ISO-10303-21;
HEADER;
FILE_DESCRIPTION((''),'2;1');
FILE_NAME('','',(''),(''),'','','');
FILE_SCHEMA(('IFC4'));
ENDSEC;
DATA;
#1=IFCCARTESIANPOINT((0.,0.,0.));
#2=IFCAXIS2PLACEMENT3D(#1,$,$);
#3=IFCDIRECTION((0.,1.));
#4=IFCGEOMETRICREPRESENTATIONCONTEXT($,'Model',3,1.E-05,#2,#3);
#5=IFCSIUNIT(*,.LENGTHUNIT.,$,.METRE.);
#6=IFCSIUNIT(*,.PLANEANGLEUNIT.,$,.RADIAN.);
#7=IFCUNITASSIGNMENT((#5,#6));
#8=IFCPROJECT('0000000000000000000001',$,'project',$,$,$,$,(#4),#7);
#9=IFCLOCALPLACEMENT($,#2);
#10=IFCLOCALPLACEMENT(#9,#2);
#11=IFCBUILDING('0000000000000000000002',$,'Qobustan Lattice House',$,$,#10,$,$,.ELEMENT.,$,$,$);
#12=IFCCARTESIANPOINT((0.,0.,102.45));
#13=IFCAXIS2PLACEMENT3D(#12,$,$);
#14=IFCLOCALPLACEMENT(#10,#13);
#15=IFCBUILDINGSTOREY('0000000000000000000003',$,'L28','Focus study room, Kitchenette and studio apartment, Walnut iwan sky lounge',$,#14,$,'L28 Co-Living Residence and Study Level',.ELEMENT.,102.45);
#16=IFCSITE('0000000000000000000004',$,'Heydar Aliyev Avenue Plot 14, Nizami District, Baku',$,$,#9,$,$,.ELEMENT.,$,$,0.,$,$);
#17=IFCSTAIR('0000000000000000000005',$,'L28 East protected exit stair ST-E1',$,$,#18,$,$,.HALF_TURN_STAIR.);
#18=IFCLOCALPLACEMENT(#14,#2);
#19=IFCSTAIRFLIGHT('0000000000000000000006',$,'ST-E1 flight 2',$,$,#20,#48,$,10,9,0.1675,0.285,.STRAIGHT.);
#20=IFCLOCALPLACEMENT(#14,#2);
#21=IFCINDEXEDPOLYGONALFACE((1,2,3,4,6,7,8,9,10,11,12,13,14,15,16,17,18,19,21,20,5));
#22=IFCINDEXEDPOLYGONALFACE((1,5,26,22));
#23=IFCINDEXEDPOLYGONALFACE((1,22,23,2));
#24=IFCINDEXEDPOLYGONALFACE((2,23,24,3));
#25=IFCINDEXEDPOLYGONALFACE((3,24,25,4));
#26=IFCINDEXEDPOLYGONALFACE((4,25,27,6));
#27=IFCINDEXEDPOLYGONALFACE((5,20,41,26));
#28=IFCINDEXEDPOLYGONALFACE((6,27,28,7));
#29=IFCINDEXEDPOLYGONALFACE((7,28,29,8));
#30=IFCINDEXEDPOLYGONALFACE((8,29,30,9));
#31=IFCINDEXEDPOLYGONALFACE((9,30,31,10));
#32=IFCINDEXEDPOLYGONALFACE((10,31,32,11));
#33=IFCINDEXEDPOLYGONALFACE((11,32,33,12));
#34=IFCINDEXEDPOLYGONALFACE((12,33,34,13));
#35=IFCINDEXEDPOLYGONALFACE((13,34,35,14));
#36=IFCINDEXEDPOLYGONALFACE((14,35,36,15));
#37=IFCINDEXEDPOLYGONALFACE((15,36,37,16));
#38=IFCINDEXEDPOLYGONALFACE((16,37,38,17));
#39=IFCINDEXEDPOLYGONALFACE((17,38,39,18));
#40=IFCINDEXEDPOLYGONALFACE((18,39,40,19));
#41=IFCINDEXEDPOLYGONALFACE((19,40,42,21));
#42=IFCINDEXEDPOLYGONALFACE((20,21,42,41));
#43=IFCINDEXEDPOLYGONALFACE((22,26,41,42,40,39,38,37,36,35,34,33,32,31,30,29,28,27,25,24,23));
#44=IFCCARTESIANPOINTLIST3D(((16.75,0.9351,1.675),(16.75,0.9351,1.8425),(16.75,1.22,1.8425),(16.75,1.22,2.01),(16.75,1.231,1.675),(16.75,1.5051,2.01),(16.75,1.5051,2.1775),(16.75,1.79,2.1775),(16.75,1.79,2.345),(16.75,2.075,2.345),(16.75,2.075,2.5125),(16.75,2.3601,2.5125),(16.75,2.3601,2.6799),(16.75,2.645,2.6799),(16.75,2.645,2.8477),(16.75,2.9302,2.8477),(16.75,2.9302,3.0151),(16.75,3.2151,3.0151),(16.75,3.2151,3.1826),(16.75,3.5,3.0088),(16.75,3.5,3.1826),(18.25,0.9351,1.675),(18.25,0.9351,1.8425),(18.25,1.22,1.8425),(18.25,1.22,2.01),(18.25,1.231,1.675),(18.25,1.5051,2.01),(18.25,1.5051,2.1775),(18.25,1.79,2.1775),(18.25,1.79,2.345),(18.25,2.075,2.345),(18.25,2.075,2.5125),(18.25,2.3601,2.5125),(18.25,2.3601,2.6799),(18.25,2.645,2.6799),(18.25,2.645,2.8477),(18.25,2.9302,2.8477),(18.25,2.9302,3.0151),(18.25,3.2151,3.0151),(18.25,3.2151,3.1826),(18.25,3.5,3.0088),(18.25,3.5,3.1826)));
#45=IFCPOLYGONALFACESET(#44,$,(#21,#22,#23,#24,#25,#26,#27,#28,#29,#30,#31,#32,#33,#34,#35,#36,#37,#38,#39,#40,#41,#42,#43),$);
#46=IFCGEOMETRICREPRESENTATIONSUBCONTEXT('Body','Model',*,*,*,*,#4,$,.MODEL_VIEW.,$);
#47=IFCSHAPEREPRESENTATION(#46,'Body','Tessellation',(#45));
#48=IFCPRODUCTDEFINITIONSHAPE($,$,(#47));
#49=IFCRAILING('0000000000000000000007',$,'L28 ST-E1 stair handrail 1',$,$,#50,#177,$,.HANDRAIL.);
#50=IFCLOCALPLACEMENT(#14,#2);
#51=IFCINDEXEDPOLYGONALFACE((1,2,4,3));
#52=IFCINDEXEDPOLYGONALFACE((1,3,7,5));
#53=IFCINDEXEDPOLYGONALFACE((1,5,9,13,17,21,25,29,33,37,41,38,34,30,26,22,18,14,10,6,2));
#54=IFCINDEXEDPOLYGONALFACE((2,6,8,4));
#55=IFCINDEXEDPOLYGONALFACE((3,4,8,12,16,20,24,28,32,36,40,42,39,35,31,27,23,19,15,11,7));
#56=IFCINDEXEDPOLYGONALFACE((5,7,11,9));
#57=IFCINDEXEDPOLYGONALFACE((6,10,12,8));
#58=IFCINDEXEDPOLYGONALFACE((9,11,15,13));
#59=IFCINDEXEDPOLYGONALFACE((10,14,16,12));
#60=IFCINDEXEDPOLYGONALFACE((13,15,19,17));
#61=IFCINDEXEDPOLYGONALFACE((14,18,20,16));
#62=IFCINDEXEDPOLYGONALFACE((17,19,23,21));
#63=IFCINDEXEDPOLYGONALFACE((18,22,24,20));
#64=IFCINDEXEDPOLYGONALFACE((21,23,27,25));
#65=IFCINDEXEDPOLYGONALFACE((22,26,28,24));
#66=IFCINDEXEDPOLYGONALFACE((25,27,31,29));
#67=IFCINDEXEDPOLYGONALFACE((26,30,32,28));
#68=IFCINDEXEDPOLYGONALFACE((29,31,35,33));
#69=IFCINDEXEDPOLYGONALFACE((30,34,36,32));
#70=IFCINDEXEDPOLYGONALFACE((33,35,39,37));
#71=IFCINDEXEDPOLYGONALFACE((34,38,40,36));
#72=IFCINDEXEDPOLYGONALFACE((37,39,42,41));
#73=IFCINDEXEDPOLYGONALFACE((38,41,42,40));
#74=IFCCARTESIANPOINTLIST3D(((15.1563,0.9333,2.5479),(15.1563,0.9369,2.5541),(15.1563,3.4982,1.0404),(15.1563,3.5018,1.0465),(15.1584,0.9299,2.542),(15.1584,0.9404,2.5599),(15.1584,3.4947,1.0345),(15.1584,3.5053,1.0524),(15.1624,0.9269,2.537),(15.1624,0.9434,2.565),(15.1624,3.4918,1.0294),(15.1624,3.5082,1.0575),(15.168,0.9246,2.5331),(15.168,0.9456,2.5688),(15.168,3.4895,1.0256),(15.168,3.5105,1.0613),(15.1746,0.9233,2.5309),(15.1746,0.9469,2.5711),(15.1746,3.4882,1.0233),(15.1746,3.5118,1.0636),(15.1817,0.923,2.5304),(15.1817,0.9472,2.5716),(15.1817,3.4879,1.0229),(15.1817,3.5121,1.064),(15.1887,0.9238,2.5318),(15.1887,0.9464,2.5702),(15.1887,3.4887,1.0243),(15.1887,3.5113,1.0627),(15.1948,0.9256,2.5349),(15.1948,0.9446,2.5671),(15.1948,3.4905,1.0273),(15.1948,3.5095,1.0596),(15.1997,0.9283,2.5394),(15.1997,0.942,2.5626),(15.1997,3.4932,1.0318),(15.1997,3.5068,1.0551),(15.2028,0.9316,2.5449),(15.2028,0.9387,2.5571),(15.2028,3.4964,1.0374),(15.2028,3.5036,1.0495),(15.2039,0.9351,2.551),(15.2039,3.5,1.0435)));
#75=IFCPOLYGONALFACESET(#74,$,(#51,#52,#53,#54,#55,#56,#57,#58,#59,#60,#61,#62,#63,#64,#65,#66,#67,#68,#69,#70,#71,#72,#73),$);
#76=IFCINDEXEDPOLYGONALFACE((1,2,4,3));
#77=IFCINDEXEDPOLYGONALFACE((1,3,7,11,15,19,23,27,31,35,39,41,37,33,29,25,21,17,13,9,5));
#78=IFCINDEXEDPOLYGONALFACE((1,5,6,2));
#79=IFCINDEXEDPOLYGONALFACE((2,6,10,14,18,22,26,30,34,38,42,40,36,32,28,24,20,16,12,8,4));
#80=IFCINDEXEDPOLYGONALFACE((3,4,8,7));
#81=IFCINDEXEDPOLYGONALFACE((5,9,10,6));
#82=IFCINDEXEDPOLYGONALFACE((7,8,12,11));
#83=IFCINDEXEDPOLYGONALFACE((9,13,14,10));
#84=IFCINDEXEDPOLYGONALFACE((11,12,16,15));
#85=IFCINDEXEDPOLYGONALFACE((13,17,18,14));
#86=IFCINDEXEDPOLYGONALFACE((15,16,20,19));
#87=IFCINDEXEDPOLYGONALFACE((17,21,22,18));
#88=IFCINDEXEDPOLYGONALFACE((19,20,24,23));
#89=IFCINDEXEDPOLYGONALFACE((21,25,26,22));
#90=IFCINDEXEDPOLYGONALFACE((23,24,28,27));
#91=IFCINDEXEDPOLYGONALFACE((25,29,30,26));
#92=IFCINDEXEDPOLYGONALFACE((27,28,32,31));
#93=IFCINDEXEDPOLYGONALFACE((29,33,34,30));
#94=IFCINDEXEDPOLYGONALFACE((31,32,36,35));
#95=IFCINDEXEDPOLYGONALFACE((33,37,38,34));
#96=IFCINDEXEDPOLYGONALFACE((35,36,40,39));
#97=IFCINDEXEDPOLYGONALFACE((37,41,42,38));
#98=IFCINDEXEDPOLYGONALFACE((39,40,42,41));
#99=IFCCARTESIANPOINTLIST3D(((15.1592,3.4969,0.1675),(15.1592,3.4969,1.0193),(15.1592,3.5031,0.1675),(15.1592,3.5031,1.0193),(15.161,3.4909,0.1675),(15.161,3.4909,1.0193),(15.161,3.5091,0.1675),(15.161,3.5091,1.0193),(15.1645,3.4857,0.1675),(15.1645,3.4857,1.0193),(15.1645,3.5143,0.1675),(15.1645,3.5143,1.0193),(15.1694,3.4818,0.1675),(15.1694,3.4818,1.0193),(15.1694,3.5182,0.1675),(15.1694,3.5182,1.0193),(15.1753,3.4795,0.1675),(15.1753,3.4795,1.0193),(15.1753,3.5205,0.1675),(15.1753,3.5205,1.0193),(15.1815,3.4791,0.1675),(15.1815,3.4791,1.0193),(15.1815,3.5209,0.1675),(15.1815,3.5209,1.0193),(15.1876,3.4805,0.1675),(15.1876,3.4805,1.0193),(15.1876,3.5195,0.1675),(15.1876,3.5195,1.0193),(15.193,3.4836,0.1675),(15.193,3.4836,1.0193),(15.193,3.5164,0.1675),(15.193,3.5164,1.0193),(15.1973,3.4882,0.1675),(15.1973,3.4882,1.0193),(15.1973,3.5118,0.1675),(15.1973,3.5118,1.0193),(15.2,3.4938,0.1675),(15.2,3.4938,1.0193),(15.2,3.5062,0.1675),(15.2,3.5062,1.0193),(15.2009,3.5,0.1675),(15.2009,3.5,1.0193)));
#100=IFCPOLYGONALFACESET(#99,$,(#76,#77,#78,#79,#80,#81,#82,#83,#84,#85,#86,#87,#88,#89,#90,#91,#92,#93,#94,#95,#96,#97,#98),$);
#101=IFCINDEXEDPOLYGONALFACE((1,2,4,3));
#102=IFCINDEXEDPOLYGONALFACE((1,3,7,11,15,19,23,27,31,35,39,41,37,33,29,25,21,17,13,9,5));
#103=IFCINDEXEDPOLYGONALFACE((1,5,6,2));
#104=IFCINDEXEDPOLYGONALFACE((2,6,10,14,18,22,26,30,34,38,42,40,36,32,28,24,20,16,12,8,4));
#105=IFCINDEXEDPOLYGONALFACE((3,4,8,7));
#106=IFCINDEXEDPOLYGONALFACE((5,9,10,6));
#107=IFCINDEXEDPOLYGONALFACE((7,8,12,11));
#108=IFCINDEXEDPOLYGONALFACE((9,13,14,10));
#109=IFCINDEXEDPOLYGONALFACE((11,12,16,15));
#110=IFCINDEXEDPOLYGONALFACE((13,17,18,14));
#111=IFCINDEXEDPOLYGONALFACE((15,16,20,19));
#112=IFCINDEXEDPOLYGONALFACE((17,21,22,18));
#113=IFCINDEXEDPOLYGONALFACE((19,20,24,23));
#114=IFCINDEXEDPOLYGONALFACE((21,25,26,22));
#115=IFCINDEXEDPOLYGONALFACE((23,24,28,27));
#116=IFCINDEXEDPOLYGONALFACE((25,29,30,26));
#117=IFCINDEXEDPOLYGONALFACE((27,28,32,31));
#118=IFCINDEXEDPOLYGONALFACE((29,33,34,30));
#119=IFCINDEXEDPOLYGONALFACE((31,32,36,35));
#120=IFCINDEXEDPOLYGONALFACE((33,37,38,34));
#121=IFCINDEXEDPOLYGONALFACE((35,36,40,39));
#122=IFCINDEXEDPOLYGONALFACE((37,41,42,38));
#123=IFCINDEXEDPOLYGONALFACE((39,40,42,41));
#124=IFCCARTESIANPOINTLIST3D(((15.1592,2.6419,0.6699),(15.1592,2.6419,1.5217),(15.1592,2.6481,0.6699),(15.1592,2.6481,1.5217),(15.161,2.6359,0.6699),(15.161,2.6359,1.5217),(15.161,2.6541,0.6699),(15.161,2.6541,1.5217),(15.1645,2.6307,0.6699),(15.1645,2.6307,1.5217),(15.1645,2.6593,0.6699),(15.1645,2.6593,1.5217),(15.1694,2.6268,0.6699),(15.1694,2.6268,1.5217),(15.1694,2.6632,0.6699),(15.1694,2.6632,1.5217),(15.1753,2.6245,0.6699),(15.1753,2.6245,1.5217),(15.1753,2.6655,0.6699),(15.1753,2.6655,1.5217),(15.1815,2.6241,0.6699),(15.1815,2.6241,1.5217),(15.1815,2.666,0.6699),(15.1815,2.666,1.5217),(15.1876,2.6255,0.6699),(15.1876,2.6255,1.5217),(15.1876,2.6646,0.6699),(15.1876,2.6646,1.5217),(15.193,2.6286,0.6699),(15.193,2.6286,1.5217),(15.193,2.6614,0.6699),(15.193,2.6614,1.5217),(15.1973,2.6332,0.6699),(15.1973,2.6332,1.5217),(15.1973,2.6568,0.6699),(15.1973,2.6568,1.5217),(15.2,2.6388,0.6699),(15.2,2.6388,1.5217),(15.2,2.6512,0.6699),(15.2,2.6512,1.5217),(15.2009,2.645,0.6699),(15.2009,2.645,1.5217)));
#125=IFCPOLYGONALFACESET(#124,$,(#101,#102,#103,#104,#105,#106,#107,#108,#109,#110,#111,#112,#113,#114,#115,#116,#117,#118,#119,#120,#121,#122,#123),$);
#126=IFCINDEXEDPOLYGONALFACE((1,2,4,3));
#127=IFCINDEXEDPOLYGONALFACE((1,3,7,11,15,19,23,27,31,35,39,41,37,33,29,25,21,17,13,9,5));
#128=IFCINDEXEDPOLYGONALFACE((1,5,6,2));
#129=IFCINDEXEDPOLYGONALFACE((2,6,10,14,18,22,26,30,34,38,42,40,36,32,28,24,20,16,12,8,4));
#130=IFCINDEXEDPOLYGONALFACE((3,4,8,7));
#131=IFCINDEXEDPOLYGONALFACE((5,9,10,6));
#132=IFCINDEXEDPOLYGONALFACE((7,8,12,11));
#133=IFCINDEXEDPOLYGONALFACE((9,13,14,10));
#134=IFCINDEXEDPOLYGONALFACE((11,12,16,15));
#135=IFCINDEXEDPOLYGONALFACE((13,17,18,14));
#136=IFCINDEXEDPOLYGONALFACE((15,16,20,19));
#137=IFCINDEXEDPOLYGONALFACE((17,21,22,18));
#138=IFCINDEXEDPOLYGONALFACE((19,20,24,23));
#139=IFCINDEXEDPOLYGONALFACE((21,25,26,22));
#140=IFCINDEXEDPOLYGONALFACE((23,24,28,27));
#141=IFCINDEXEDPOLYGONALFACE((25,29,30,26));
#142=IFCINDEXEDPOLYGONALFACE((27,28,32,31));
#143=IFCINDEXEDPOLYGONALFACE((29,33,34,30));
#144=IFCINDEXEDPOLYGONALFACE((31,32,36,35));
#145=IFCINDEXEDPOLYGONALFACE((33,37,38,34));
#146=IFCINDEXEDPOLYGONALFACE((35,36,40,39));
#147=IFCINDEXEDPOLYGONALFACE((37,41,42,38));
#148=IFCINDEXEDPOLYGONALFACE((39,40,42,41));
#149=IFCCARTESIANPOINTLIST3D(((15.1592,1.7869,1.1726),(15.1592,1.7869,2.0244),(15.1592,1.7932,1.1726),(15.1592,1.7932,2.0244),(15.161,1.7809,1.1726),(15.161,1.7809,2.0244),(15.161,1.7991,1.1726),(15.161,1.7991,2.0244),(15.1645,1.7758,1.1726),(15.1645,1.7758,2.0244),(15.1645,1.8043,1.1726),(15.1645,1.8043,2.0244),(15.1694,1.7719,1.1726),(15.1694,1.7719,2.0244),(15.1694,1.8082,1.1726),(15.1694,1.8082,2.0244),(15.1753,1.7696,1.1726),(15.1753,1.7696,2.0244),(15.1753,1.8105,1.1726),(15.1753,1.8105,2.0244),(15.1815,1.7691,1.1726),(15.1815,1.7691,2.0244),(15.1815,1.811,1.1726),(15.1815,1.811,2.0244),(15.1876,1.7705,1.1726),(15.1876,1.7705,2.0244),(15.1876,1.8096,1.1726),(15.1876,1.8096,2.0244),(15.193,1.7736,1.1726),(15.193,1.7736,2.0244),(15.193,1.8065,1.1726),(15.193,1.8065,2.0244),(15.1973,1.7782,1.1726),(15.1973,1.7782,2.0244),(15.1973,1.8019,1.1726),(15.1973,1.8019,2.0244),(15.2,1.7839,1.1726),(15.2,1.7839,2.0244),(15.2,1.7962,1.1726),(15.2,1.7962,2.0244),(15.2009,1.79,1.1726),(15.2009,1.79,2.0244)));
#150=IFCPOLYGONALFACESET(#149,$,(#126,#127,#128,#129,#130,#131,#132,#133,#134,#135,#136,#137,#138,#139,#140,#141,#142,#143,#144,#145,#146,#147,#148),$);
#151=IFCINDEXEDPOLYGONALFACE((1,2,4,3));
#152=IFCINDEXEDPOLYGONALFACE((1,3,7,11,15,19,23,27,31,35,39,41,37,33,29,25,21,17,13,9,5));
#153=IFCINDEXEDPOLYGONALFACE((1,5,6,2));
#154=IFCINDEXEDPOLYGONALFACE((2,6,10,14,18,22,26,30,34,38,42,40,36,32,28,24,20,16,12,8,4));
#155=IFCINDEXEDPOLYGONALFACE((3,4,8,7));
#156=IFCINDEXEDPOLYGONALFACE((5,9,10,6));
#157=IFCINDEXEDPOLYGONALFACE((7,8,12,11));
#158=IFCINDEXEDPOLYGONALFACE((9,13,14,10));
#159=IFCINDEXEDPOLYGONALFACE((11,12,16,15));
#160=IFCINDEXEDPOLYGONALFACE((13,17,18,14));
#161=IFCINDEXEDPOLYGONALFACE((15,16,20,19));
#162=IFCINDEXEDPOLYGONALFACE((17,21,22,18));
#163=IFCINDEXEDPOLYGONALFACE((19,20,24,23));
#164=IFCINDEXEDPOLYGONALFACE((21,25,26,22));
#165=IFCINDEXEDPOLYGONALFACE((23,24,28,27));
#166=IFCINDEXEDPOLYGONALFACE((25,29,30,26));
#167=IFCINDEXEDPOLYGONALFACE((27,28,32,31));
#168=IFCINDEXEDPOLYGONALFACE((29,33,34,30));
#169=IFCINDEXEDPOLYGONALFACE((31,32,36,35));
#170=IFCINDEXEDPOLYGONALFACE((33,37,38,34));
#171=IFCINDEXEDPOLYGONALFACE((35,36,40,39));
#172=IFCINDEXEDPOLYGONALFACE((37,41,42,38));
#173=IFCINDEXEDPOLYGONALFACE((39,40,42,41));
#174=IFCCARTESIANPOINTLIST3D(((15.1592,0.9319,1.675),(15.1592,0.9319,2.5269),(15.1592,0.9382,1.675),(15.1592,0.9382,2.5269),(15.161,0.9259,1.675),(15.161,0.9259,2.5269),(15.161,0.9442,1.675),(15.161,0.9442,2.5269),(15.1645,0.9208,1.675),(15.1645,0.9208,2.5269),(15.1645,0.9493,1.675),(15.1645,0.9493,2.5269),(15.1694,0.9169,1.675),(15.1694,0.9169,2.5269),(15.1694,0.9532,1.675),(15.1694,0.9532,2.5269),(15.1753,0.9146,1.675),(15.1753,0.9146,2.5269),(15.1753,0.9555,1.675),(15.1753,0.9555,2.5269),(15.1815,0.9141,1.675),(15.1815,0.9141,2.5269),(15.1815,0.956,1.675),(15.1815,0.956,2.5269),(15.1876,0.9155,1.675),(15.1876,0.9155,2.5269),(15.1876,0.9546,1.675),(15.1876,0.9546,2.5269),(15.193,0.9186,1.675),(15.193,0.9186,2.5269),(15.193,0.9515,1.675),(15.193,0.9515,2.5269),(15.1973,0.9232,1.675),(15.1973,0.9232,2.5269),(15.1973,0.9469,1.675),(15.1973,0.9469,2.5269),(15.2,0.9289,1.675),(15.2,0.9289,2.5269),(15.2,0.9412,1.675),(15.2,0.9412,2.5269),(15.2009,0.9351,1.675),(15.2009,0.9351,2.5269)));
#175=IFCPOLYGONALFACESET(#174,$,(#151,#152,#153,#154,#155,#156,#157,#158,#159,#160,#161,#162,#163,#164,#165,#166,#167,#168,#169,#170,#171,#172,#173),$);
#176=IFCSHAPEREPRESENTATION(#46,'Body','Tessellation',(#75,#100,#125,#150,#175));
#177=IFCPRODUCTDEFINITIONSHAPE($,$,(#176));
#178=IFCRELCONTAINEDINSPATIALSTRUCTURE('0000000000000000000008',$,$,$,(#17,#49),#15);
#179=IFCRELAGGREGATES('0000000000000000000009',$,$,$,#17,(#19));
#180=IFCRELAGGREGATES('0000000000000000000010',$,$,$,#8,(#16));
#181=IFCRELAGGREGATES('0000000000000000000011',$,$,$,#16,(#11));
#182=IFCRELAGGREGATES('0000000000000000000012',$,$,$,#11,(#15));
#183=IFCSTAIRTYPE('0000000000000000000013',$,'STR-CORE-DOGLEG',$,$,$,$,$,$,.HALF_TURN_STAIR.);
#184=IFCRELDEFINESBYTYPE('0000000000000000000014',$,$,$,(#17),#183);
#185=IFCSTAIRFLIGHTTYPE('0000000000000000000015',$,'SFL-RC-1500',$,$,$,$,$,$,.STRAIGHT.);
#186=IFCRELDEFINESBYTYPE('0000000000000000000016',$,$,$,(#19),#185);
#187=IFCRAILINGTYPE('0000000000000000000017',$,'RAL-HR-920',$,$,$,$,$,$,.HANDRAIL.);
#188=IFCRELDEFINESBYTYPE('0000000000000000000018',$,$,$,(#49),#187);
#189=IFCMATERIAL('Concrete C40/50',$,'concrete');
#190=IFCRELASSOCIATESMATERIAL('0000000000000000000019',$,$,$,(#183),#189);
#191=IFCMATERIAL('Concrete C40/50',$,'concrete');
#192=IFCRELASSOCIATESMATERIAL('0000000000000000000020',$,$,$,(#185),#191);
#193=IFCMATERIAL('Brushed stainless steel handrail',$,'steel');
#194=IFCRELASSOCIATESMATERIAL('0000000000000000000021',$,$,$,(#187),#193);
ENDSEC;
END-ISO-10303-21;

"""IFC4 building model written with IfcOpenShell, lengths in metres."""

from ifc_helpers import new_model, si_unit, direction, frame, origin, origin_2d, place, context, subcontext, project, spatial, polyline, circle, outline, extrude, material, type_object, element, aggregate, save


model = new_model("IFC4")

# Units and contexts
model_context = context("Model", 3, precision=1e-05, world=origin(), true_north=direction((0.0, 1.0)))
body_context = subcontext(model_context, "Body", "Model", "MODEL_VIEW")
ifc_project = project(units=[si_unit("LENGTHUNIT", "METRE"), si_unit("PLANEANGLEUNIT", "RADIAN")], contexts=[model_context])

# Site, building, storey
site_placement = place(None, origin())
site = spatial("IfcSite", under=ifc_project, at=site_placement, Name="Heydar Aliyev Avenue Plot 14, Nizami District, Baku", CompositionType="ELEMENT", RefElevation=0.0)
building_placement = place(site_placement, origin())
building = spatial("IfcBuilding", under=site, at=building_placement, Name="Qobustan Lattice House", CompositionType="ELEMENT")
storey_placement = place(building_placement, frame((0.0, 0.0, 102.45)))
storey = spatial("IfcBuildingStorey", under=building, at=storey_placement, Name="L28", Description="Focus study room, Kitchenette and studio apartment, Walnut iwan sky lounge", LongName="L28 Co-Living Residence and Study Level", CompositionType="ELEMENT", Elevation=102.45)

# Stair, stair flight
ifc_material_1 = material(Name="Concrete C40/50", Category="concrete")
stair_type = type_object("IfcStairType", Name="STR-CORE-DOGLEG", PredefinedType="HALF_TURN_STAIR", material=ifc_material_1)
stair_placement = place(storey_placement, origin())
stair = element("IfcStair", 1, at=stair_placement, inside=storey, type_object=stair_type, Name="L28 East protected exit stair ST-E1", PredefinedType="HALF_TURN_STAIR")
ifc_material_2 = material(Name="Concrete C40/50", Category="concrete")
stair_flight_type = type_object("IfcStairFlightType", Name="SFL-RC-1500", PredefinedType="STRAIGHT", material=ifc_material_2)
stair_flight_1_placement = place(storey_placement, frame((17.5, 0.9351, 1.675), z_axis=(0.0, 0.0, 1.0), x_axis=(0.0, 1.0, 0.0)))
stair_flight_1 = element("IfcStairFlight", 2, at=stair_flight_1_placement, type_object=stair_flight_type, Name="ST-E1 flight 2", NumberOfRisers=10, NumberOfTreads=9, PredefinedType="STRAIGHT", RiserHeight=0.1675, TreadLength=0.285, context=body_context, shape_type="SweptSolid", body=[
    extrude(outline(polyline([(0.0, 0.0), (0.0, 0.1675), (0.2849, 0.1675), (0.2849, 0.335), (0.5701, 0.335), (0.5701, 0.5024), (0.855, 0.5024), (0.855, 0.6699), (1.1399, 0.6699), (1.1399, 0.8374), (1.425, 0.8374), (1.425, 1.0049), (1.71, 1.0049), (1.71, 1.1726), (1.9951, 1.1726), (1.9951, 1.3401), (2.28, 1.3401), (2.28, 1.5076), (2.5649, 1.5076), (2.5649, 1.675), (2.5649, 1.3337), (0.2959, 0.0), (0.0, 0.0)])), frame((0.0, 0.75, 0.0), z_axis=(0.0, -1.0, 0.0), x_axis=(1.0, 0.0, 0.0)), (0.0, 0.0, 1.0), 1.5),
])
aggregate(stair, [stair_flight_1])

# Railing
ifc_material_3 = material(Name="Brushed stainless steel handrail", Category="steel")
railing_type_1 = type_object("IfcRailingType", Name="RAL-HR-920", PredefinedType="HANDRAIL", material=ifc_material_3)
railing_1_placement = place(storey_placement, frame((15.1799, 3.5, 0.1675)))
element("IfcRailing", 3, at=railing_1_placement, inside=storey, type_object=railing_type_1, Name="L28 ST-E1 stair handrail 1", PredefinedType="HANDRAIL", context=body_context, shape_type="SweptSolid", body=[
    extrude(circle(Radius=0.0239, at=origin_2d()), frame((0.0, 0.0, 0.876), z_axis=(0.0, -0.862113, 0.506715), x_axis=(1.0, 0.0, 0.0)), (0.0, 0.0, 1.0), 2.9751),
    extrude(circle(Radius=0.021, at=origin_2d()), origin(), (0.0, 0.0, 1.0), 0.8518),
    extrude(circle(Radius=0.021, at=origin_2d()), frame((0.0, -0.855, 0.5024)), (0.0, 0.0, 1.0), 0.8518),
    extrude(circle(Radius=0.021, at=origin_2d()), frame((0.0, -1.71, 1.0051)), (0.0, 0.0, 1.0), 0.8518),
    extrude(circle(Radius=0.021, at=origin_2d()), frame((0.0, -2.5649, 1.5076)), (0.0, 0.0, 1.0), 0.8518),
])

save(model, "model.ifc")
